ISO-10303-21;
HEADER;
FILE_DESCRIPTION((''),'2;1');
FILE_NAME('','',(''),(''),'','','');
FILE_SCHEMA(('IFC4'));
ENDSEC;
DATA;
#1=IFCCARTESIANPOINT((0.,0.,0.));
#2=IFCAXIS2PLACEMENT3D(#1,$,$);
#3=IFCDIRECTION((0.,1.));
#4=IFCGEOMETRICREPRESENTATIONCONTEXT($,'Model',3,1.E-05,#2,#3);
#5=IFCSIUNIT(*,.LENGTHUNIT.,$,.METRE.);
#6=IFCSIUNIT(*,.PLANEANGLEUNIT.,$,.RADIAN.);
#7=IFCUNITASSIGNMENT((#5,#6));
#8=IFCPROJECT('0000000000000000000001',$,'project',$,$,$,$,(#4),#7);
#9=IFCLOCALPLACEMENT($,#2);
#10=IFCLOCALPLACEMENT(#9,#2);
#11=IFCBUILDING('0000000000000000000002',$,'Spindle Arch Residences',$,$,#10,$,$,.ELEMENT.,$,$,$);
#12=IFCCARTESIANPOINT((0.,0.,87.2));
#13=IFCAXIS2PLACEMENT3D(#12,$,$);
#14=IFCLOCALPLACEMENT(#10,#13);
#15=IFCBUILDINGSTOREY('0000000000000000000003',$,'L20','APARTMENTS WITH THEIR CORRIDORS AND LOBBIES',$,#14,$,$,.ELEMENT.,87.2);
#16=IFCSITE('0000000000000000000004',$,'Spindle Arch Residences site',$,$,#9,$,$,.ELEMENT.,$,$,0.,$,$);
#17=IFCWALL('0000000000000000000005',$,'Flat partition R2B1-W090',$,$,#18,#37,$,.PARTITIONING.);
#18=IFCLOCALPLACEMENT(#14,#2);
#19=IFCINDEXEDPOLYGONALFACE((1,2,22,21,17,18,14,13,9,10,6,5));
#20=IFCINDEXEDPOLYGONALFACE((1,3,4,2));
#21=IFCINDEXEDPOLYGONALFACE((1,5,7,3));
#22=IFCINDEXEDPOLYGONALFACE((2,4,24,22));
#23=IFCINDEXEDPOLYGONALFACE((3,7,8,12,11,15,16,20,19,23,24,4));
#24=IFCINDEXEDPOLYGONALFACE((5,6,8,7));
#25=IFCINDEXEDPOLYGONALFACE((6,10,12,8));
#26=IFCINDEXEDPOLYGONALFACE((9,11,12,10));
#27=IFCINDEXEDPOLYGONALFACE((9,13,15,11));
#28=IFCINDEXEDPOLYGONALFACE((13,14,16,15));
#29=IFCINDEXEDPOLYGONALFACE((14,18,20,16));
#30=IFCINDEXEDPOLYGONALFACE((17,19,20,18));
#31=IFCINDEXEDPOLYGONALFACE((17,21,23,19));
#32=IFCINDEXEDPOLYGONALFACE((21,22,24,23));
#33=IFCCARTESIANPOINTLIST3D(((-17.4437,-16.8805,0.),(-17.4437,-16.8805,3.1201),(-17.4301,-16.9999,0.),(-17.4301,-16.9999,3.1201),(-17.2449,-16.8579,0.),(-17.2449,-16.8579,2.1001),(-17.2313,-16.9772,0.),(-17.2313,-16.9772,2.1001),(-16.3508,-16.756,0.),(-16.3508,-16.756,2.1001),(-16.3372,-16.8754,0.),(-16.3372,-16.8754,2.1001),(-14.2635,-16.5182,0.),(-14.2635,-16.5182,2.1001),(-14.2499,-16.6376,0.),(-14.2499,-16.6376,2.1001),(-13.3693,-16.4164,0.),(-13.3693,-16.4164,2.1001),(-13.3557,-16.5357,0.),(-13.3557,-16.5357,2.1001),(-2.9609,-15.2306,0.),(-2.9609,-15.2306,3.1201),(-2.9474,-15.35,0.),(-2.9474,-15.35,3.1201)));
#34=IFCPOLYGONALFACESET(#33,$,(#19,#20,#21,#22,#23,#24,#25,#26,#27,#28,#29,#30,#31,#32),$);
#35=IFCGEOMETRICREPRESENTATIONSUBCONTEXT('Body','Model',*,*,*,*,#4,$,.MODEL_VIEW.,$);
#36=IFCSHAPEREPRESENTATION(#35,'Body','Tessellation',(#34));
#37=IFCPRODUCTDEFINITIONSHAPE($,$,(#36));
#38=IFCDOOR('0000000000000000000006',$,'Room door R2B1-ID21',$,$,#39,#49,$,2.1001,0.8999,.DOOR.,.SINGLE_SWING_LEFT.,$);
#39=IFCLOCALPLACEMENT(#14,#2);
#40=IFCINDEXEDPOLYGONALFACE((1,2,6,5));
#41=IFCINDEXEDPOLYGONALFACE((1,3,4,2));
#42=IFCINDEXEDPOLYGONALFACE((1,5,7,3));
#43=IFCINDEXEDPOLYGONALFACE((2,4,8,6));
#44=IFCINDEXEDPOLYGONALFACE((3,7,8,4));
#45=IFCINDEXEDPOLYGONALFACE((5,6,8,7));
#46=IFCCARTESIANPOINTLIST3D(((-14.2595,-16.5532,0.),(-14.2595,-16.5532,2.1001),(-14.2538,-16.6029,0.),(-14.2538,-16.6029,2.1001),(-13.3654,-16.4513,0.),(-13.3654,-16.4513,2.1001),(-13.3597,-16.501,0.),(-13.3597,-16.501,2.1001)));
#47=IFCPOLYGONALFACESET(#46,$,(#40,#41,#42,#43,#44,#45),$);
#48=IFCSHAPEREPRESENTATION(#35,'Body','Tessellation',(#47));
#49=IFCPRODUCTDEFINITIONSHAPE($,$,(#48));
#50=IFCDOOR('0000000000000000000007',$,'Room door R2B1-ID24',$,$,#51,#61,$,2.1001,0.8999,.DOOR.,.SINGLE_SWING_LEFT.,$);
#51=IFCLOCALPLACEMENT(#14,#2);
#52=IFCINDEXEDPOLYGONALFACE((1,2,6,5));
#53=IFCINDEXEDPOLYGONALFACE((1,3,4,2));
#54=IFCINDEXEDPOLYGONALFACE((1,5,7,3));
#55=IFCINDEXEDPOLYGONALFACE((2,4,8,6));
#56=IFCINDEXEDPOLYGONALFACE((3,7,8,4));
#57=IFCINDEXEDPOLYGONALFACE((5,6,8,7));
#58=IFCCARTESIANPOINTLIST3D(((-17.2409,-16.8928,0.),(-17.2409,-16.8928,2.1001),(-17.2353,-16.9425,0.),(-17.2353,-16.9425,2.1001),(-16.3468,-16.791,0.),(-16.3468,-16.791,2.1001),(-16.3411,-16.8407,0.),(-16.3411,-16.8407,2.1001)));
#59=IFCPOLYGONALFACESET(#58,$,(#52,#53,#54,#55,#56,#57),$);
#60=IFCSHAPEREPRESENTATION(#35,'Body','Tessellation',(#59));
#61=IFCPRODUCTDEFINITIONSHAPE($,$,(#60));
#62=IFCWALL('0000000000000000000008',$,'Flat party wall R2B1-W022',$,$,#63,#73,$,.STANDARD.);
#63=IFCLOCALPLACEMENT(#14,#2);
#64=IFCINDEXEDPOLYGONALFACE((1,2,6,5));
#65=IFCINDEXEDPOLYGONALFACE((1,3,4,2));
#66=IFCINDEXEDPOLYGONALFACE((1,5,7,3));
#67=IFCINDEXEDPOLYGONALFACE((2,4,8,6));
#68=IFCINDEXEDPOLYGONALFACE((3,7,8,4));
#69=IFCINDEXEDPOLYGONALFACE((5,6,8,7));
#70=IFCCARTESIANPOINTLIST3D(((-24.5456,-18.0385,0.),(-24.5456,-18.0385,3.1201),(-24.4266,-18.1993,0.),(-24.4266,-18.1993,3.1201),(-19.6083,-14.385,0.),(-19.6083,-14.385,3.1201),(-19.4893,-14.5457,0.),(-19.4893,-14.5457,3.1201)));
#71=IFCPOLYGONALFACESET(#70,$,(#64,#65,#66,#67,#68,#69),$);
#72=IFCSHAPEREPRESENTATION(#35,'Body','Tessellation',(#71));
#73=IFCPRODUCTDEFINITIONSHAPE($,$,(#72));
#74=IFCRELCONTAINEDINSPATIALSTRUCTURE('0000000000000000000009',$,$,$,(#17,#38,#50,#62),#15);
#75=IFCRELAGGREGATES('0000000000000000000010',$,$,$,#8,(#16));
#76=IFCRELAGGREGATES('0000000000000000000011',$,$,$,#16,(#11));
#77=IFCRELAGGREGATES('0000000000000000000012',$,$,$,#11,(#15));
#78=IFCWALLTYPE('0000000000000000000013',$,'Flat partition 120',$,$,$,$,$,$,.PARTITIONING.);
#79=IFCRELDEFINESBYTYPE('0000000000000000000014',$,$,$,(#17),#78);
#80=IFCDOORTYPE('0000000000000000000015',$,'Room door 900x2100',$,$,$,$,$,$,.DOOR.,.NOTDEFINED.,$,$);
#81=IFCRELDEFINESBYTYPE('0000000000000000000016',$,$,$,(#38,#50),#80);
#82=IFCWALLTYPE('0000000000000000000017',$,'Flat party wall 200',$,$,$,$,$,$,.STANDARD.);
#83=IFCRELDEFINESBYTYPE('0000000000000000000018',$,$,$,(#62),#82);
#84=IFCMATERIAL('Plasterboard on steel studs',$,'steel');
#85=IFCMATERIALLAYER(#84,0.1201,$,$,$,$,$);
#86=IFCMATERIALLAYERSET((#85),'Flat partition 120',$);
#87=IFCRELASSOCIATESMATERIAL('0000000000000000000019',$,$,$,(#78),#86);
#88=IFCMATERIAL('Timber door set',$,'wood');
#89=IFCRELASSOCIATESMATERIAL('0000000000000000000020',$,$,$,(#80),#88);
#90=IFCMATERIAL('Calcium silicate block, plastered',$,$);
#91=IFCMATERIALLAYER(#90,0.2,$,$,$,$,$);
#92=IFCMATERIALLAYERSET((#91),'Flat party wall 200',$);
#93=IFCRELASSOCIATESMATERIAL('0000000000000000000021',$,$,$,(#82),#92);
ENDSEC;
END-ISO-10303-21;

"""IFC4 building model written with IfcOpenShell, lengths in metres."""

from ifc_helpers import new_model, si_unit, direction, frame, frame_2d, origin, place, context, subcontext, project, spatial, rectangle, extrude, material, layer, layer_set, type_object, element, fill, save


model = new_model("IFC4")

# Units and contexts
model_context = context("Model", 3, precision=1e-05, world=origin(), true_north=direction((0.0, 1.0)))
body_context = subcontext(model_context, "Body", "Model", "MODEL_VIEW")
ifc_project = project(units=[si_unit("LENGTHUNIT", "METRE"), si_unit("PLANEANGLEUNIT", "RADIAN")], contexts=[model_context])

# Site, building, storey
site_placement = place(None, origin())
site = spatial("IfcSite", under=ifc_project, at=site_placement, Name="Spindle Arch Residences site", CompositionType="ELEMENT", RefElevation=0.0)
building_placement = place(site_placement, origin())
building = spatial("IfcBuilding", under=site, at=building_placement, Name="Spindle Arch Residences", CompositionType="ELEMENT")
storey_placement = place(building_placement, frame((0.0, 0.0, 87.2)))
storey = spatial("IfcBuildingStorey", under=building, at=storey_placement, Name="L20", Description="APARTMENTS WITH THEIR CORRIDORS AND LOBBIES", CompositionType="ELEMENT", Elevation=87.2)

# Shared definitions
ifc_material_1 = material(Name="Plasterboard on steel studs", Category="steel")
ifc_layer_1 = layer(ifc_material_1, 0.1201)
ifc_layer_set_1 = layer_set([ifc_layer_1], Name="Flat partition 120")
wall_type_1 = type_object("IfcWallType", Name="Flat partition 120", PredefinedType="PARTITIONING", material=ifc_layer_set_1)

# Shared definitions
ifc_material_2 = material(Name="Timber door set", Category="wood")
door_type = type_object("IfcDoorType", Name="Room door 900x2100", OperationType="NOTDEFINED", PredefinedType="DOOR", material=ifc_material_2)

# Wall, openings, doors
wall_1_placement = place(storey_placement, frame((-17.4368, -16.9402, 0.0), z_axis=(0.0, 0.0, 1.0), x_axis=(0.993573, 0.11319, 0.0)))
wall_1 = element("IfcWall", 1, at=wall_1_placement, inside=storey, type_object=wall_type_1, Name="Flat partition R2B1-W090", PredefinedType="PARTITIONING", context=body_context, shape_type="SweptSolid", body=[
    extrude(rectangle(XDim=14.5764, YDim=0.1201, at=frame_2d((7.2881, 0.0))), origin(), (0.0, 0.0, 1.0), 3.1201),
])
opening_1_placement = place(wall_1_placement, frame((3.2007, 0.0, 0.0)))
opening_1 = element("IfcOpeningElement", 2, at=opening_1_placement, cuts=wall_1, PredefinedType="OPENING", context=body_context, shape_type="SweptSolid", body=[
    extrude(rectangle(XDim=0.8999, YDim=2.1001, at=frame_2d((0.45, 1.05))), frame((0.0, 0.0701, 0.0), z_axis=(0.0, -1.0, 0.0), x_axis=(1.0, 0.0, 0.0)), (0.0, 0.0, 1.0), 0.1401),
])
opening_2_placement = place(wall_1_placement, frame((0.2, 0.0, 0.0)))
opening_2 = element("IfcOpeningElement", 3, at=opening_2_placement, cuts=wall_1, PredefinedType="OPENING", context=body_context, shape_type="SweptSolid", body=[
    extrude(rectangle(XDim=0.8999, YDim=2.1001, at=frame_2d((0.45, 1.05))), frame((0.0, 0.0701, 0.0), z_axis=(0.0, -1.0, 0.0), x_axis=(1.0, 0.0, 0.0)), (0.0, 0.0, 1.0), 0.1401),
])
door_1_placement = place(opening_1_placement, origin())
door_1 = element("IfcDoor", 4, at=door_1_placement, inside=storey, type_object=door_type, Name="Room door R2B1-ID21", OperationType="SINGLE_SWING_LEFT", OverallHeight=2.1001, OverallWidth=0.8999, PredefinedType="DOOR", context=body_context, shape_type="SweptSolid", body=[
    extrude(rectangle(XDim=0.8999, YDim=2.1001, at=frame_2d((0.45, 1.05))), frame((0.0, 0.0249, 0.0), z_axis=(0.0, -1.0, 0.0), x_axis=(1.0, 0.0, 0.0)), (0.0, 0.0, 1.0), 0.05),
])
fill(opening_1, door_1)
door_2_placement = place(opening_2_placement, origin())
door_2 = element("IfcDoor", 5, at=door_2_placement, inside=storey, type_object=door_type, Name="Room door R2B1-ID24", OperationType="SINGLE_SWING_LEFT", OverallHeight=2.1001, OverallWidth=0.8999, PredefinedType="DOOR", context=body_context, shape_type="SweptSolid", body=[
    extrude(rectangle(XDim=0.8999, YDim=2.1001, at=frame_2d((0.45, 1.05))), frame((0.0, 0.0249, 0.0), z_axis=(0.0, -1.0, 0.0), x_axis=(1.0, 0.0, 0.0)), (0.0, 0.0, 1.0), 0.05),
])
fill(opening_2, door_2)

# Wall
ifc_material_3 = material(Name="Calcium silicate block, plastered")
ifc_layer_2 = layer(ifc_material_3, 0.2)
ifc_layer_set_2 = layer_set([ifc_layer_2], Name="Flat party wall 200")
wall_type_2 = type_object("IfcWallType", Name="Flat party wall 200", PredefinedType="STANDARD", material=ifc_layer_set_2)
wall_2_placement = place(storey_placement, frame((-24.4861, -18.1189, 0.0), z_axis=(0.0, 0.0, 1.0), x_axis=(0.803842, 0.594842, 0.0)))
element("IfcWall", 6, at=wall_2_placement, inside=storey, type_object=wall_type_2, Name="Flat party wall R2B1-W022", PredefinedType="STANDARD", context=body_context, shape_type="SweptSolid", body=[
    extrude(rectangle(XDim=6.1421, YDim=0.2, at=frame_2d((3.071, 0.0))), origin(), (0.0, 0.0, 1.0), 3.1201),
])

save(model, "model.ifc")
